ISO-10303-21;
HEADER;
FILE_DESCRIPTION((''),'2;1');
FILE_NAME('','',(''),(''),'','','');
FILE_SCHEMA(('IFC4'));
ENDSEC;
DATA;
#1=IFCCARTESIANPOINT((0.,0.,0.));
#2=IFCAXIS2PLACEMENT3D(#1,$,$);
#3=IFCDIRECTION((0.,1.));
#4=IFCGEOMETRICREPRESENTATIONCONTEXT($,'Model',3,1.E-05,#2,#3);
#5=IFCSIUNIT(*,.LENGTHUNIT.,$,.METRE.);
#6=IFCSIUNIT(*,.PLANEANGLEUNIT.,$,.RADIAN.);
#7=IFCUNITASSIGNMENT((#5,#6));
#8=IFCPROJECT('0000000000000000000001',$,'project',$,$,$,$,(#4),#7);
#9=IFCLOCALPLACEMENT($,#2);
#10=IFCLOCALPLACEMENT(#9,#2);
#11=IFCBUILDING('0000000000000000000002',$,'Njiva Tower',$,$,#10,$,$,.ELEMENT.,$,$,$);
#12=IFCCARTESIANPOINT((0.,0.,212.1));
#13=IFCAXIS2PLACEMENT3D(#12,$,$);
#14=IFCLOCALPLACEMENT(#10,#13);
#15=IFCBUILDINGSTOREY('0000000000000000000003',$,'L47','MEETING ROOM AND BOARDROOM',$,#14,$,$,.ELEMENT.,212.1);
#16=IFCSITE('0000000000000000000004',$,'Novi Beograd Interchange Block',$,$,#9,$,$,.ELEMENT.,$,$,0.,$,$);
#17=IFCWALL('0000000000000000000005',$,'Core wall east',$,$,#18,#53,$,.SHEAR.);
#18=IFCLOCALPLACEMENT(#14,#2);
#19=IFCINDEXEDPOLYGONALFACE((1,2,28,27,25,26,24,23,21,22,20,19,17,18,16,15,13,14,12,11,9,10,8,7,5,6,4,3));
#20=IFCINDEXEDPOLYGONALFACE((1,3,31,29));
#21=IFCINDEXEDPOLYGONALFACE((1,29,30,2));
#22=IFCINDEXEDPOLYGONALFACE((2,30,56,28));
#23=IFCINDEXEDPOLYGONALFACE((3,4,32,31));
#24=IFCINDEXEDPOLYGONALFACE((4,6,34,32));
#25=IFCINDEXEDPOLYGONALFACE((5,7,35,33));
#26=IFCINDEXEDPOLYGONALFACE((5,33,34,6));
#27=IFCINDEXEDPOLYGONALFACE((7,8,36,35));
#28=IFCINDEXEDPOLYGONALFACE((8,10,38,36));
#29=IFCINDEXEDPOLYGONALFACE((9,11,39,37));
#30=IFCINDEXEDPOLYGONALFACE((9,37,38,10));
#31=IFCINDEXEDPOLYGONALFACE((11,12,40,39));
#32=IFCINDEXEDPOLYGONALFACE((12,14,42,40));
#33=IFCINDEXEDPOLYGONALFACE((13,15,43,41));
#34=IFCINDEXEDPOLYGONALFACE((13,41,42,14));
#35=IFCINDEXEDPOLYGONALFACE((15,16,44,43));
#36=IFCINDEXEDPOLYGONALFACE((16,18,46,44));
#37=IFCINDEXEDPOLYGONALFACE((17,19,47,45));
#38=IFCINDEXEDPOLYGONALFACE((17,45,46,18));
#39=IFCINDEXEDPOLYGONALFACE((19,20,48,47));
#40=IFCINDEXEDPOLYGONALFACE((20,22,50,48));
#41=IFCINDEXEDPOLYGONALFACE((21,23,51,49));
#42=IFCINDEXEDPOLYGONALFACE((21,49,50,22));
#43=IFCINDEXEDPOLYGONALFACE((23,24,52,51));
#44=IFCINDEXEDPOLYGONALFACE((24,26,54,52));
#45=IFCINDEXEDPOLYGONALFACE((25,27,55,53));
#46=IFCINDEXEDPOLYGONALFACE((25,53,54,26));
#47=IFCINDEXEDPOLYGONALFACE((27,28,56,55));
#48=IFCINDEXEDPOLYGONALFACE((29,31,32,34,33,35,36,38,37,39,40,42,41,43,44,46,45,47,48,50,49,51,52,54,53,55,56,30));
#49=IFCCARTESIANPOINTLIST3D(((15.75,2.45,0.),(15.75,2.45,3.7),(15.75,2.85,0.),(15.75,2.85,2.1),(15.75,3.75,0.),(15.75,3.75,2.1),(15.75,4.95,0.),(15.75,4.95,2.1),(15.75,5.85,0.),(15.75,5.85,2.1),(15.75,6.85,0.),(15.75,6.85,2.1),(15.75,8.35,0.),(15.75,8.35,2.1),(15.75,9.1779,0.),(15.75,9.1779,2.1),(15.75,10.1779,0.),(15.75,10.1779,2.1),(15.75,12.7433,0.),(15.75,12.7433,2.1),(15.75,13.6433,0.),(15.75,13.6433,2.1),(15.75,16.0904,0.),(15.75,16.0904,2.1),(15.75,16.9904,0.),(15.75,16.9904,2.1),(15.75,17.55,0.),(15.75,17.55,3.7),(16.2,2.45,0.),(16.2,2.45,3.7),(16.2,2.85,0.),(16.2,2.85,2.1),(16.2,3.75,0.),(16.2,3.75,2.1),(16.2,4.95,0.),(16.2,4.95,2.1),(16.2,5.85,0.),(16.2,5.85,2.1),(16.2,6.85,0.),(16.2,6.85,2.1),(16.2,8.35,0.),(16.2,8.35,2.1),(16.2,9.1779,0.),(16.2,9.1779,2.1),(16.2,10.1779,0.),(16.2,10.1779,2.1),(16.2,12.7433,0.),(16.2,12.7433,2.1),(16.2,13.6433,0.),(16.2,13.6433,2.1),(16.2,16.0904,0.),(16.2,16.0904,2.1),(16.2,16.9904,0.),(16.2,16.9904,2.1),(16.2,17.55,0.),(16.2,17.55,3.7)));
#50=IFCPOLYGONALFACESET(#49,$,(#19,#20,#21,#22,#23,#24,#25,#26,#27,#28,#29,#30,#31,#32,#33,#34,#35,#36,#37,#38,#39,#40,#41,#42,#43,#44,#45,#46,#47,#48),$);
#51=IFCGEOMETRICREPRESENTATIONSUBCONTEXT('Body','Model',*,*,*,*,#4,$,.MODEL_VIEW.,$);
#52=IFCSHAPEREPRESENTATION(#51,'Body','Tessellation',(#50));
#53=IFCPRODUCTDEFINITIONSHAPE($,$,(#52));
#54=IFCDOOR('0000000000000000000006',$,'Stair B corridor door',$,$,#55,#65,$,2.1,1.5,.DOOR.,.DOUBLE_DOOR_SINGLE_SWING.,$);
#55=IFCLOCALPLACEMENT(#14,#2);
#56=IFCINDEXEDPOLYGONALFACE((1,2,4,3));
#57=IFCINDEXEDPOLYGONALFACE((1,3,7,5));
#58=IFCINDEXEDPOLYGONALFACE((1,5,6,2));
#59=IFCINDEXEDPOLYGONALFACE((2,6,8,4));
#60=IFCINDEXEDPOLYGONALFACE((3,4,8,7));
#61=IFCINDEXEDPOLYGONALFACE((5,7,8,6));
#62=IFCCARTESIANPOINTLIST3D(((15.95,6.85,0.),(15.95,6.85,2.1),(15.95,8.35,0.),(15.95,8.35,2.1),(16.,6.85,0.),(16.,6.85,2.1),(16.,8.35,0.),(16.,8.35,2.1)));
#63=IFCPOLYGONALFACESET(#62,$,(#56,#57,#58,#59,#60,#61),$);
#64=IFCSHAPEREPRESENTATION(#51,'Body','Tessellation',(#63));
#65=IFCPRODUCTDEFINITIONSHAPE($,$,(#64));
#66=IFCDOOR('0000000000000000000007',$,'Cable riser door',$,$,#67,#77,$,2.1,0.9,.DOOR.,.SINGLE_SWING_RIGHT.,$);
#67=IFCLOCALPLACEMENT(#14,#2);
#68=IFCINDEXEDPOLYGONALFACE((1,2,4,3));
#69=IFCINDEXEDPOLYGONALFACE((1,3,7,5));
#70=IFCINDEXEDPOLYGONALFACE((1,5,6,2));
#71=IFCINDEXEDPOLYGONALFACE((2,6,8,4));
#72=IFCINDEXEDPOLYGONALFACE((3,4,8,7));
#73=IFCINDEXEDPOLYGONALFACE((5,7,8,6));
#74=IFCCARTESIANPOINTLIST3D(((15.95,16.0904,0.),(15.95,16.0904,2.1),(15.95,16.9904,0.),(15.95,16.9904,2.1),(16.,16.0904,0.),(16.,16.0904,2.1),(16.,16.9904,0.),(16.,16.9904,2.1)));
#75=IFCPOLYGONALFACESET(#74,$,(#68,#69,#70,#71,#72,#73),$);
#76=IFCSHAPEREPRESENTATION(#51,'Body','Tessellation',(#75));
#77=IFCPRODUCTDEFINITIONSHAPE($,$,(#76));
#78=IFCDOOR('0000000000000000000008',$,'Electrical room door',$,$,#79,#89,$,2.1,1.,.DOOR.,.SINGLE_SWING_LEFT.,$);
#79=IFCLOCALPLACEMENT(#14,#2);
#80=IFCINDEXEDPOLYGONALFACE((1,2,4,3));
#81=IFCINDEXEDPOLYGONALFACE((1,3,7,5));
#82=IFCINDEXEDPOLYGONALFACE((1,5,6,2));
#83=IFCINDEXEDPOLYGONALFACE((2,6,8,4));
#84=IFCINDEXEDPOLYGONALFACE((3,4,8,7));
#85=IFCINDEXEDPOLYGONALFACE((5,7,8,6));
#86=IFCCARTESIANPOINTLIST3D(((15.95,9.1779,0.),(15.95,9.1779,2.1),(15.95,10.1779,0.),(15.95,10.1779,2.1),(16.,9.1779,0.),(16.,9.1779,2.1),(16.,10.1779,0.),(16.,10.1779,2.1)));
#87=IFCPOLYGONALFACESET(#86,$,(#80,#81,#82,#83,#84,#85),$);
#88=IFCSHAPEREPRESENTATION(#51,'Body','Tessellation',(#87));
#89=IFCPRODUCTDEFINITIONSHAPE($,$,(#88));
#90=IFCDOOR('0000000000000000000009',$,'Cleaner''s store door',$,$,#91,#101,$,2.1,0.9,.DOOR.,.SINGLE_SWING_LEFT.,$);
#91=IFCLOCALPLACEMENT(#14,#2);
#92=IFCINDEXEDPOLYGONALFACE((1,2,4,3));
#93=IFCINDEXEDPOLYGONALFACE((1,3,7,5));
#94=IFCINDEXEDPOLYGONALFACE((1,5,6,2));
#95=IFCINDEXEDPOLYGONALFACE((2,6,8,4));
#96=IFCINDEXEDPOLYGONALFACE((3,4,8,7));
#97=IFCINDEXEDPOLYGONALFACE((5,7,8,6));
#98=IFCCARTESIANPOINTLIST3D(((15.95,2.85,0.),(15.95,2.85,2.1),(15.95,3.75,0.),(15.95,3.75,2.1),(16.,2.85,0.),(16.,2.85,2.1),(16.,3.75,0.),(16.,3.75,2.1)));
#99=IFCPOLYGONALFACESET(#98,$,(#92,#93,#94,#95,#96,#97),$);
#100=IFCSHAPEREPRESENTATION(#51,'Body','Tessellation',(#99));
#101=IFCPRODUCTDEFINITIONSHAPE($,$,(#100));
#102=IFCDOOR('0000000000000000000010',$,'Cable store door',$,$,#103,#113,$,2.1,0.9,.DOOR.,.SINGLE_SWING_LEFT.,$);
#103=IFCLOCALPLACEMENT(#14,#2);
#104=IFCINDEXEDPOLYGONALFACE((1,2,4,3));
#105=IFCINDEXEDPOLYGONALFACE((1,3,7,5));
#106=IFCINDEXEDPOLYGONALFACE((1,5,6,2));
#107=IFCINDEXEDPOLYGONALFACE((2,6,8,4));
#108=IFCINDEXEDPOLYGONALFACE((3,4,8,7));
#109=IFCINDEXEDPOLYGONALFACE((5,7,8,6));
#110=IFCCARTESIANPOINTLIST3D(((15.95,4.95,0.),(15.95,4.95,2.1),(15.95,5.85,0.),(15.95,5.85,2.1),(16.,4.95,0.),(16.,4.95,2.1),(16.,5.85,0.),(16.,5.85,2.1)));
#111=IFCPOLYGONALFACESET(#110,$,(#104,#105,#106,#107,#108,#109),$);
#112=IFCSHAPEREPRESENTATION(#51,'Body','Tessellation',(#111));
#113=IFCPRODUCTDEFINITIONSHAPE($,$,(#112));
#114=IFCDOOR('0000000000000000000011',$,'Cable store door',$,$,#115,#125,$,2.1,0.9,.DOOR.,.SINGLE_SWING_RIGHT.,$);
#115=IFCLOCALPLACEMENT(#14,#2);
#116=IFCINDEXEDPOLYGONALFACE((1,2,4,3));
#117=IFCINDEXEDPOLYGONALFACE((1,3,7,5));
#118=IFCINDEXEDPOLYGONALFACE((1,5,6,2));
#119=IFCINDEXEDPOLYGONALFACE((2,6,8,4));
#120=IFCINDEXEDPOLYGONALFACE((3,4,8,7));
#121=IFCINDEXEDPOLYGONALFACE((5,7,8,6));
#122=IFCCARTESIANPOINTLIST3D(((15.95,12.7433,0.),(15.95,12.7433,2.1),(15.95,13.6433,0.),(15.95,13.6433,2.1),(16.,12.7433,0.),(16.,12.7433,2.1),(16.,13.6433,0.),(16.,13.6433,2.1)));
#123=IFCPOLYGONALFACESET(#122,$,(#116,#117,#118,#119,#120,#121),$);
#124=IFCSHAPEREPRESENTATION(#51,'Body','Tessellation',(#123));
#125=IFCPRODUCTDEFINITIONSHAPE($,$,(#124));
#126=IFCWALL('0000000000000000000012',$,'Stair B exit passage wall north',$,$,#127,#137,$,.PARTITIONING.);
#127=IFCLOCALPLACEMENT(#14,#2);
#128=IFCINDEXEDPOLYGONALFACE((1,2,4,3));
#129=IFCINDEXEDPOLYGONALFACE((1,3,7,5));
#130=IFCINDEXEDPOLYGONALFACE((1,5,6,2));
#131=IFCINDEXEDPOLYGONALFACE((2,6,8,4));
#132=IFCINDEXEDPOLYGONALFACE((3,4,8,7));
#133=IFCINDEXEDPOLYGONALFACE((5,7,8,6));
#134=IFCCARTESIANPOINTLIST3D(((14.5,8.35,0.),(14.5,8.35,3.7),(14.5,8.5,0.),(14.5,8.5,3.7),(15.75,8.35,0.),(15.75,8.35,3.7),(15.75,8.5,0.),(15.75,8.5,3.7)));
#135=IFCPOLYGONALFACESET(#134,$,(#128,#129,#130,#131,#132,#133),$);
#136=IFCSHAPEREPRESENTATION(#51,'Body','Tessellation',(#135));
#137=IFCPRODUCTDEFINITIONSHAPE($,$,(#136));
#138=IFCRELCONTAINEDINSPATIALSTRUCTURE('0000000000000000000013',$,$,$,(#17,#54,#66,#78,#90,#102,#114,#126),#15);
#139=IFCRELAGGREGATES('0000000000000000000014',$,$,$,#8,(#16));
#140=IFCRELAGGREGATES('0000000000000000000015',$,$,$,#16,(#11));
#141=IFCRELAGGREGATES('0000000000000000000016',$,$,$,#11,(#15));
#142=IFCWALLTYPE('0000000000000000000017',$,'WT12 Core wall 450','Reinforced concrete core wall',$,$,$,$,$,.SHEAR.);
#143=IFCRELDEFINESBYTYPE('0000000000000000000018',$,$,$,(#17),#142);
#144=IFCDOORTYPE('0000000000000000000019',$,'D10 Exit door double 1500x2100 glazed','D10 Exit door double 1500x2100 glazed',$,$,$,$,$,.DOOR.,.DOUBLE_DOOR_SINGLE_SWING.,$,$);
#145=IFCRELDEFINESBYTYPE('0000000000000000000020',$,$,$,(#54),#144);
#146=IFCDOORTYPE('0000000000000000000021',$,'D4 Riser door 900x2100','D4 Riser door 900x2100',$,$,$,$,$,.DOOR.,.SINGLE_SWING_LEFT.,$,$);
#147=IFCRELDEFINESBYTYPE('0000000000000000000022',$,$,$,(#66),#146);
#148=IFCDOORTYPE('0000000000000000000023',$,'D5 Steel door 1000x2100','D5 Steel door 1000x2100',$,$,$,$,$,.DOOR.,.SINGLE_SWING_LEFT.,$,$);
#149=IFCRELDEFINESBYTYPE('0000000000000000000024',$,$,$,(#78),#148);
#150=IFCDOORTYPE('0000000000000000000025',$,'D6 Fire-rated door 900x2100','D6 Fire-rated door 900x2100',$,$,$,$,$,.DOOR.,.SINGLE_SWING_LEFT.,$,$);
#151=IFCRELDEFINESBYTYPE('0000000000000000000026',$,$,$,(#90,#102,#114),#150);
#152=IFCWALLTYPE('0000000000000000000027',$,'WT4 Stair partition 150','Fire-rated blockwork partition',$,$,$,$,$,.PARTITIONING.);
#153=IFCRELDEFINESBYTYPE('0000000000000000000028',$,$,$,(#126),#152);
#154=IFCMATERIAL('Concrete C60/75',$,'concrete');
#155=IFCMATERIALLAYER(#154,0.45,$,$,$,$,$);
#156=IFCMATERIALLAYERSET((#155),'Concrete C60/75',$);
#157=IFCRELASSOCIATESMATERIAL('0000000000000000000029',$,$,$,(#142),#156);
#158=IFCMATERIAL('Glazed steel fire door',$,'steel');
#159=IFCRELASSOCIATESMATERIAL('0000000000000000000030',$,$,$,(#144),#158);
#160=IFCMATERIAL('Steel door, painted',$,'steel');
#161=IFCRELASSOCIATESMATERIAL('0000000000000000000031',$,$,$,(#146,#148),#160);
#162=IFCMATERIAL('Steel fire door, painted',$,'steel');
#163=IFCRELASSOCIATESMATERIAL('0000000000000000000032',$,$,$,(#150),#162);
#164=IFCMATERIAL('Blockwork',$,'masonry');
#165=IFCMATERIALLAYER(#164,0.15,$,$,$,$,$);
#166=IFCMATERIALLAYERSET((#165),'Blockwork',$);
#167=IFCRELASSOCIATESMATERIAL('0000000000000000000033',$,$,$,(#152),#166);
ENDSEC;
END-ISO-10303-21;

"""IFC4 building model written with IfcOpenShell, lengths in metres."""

from ifc_helpers import new_model, si_unit, direction, frame, frame_2d, origin, place, context, subcontext, project, spatial, rectangle, extrude, material, layer, layer_set, type_object, element, fill, save


model = new_model("IFC4")

# Units and contexts
model_context = context("Model", 3, precision=1e-05, world=origin(), true_north=direction((0.0, 1.0)))
body_context = subcontext(model_context, "Body", "Model", "MODEL_VIEW")
ifc_project = project(units=[si_unit("LENGTHUNIT", "METRE"), si_unit("PLANEANGLEUNIT", "RADIAN")], contexts=[model_context])

# Site, building, storey
site_placement = place(None, origin())
site = spatial("IfcSite", under=ifc_project, at=site_placement, Name="Novi Beograd Interchange Block", CompositionType="ELEMENT", RefElevation=0.0)
building_placement = place(site_placement, origin())
building = spatial("IfcBuilding", under=site, at=building_placement, Name="Njiva Tower", CompositionType="ELEMENT")
storey_placement = place(building_placement, frame((0.0, 0.0, 212.1)))
storey = spatial("IfcBuildingStorey", under=building, at=storey_placement, Name="L47", Description="MEETING ROOM AND BOARDROOM", CompositionType="ELEMENT", Elevation=212.1)

# Shared definitions
ifc_material_1 = material(Name="Blockwork", Category="masonry")

# Wall, openings, doors
ifc_material_2 = material(Name="Concrete C60/75", Category="concrete")
ifc_layer_1 = layer(ifc_material_2, 0.45)
ifc_layer_set_1 = layer_set([ifc_layer_1], Name="Concrete C60/75")
wall_type_1 = type_object("IfcWallType", Name="WT12 Core wall 450", Description="Reinforced concrete core wall", PredefinedType="SHEAR", material=ifc_layer_set_1)
wall_1_placement = place(storey_placement, frame((15.975, 2.45, 0.0), z_axis=(0.0, 0.0, 1.0), x_axis=(0.0, 1.0, 0.0)))
wall_1 = element("IfcWall", 1, at=wall_1_placement, inside=storey, type_object=wall_type_1, Name="Core wall east", PredefinedType="SHEAR", context=body_context, shape_type="SweptSolid", body=[
    extrude(rectangle(XDim=15.1, YDim=0.45, at=frame_2d((7.55, 0.0))), origin(), (0.0, 0.0, 1.0), 3.7),
])
opening_1_placement = place(wall_1_placement, frame((4.4, 0.0, 0.0)))
opening_1 = element("IfcOpeningElement", 2, at=opening_1_placement, cuts=wall_1, PredefinedType="OPENING", context=body_context, shape_type="SweptSolid", body=[
    extrude(rectangle(XDim=1.5, YDim=2.1, at=frame_2d((0.75, 1.05))), frame((0.0, 0.235, 0.0), z_axis=(0.0, -1.0, 0.0), x_axis=(1.0, 0.0, 0.0)), (0.0, 0.0, 1.0), 0.47),
])
opening_2_placement = place(wall_1_placement, frame((0.4, 0.0, 0.0)))
opening_2 = element("IfcOpeningElement", 3, at=opening_2_placement, cuts=wall_1, PredefinedType="OPENING", context=body_context, shape_type="SweptSolid", body=[
    extrude(rectangle(XDim=0.9, YDim=2.1, at=frame_2d((0.45, 1.05))), frame((0.0, 0.235, 0.0), z_axis=(0.0, -1.0, 0.0), x_axis=(1.0, 0.0, 0.0)), (0.0, 0.0, 1.0), 0.47),
])
opening_3_placement = place(wall_1_placement, frame((2.5, 0.0, 0.0)))
opening_3 = element("IfcOpeningElement", 4, at=opening_3_placement, cuts=wall_1, PredefinedType="OPENING", context=body_context, shape_type="SweptSolid", body=[
    extrude(rectangle(XDim=0.9, YDim=2.1, at=frame_2d((0.45, 1.05))), frame((0.0, 0.235, 0.0), z_axis=(0.0, -1.0, 0.0), x_axis=(1.0, 0.0, 0.0)), (0.0, 0.0, 1.0), 0.47),
])
opening_4_placement = place(wall_1_placement, frame((6.7279, 0.0, 0.0)))
opening_4 = element("IfcOpeningElement", 5, at=opening_4_placement, cuts=wall_1, PredefinedType="OPENING", context=body_context, shape_type="SweptSolid", body=[
    extrude(rectangle(XDim=1.0, YDim=2.1, at=frame_2d((0.5, 1.05))), frame((0.0, 0.235, 0.0), z_axis=(0.0, -1.0, 0.0), x_axis=(1.0, 0.0, 0.0)), (0.0, 0.0, 1.0), 0.47),
])
opening_5_placement = place(wall_1_placement, frame((10.2933, 0.0, 0.0)))
opening_5 = element("IfcOpeningElement", 6, at=opening_5_placement, cuts=wall_1, PredefinedType="OPENING", context=body_context, shape_type="SweptSolid", body=[
    extrude(rectangle(XDim=0.9, YDim=2.1, at=frame_2d((0.45, 1.05))), frame((0.0, 0.235, 0.0), z_axis=(0.0, -1.0, 0.0), x_axis=(1.0, 0.0, 0.0)), (0.0, 0.0, 1.0), 0.47),
])
opening_6_placement = place(wall_1_placement, frame((13.6404, 0.0, 0.0)))
opening_6 = element("IfcOpeningElement", 7, at=opening_6_placement, cuts=wall_1, PredefinedType="OPENING", context=body_context, shape_type="SweptSolid", body=[
    extrude(rectangle(XDim=0.9, YDim=2.1, at=frame_2d((0.45, 1.05))), frame((0.0, 0.235, 0.0), z_axis=(0.0, -1.0, 0.0), x_axis=(1.0, 0.0, 0.0)), (0.0, 0.0, 1.0), 0.47),
])
ifc_material_3 = material(Name="Glazed steel fire door", Category="steel")
door_type_1 = type_object("IfcDoorType", Name="D10 Exit door double 1500x2100 glazed", Description="D10 Exit door double 1500x2100 glazed", OperationType="DOUBLE_DOOR_SINGLE_SWING", PredefinedType="DOOR", material=ifc_material_3)
door_1_placement = place(opening_1_placement, origin())
door_1 = element("IfcDoor", 8, at=door_1_placement, inside=storey, type_object=door_type_1, Name="Stair B corridor door", OperationType="DOUBLE_DOOR_SINGLE_SWING", OverallHeight=2.1, OverallWidth=1.5, PredefinedType="DOOR", context=body_context, shape_type="SweptSolid", body=[
    extrude(rectangle(XDim=1.5, YDim=2.1, at=frame_2d((0.75, 1.05))), frame((0.0, 0.025, 0.0), z_axis=(0.0, -1.0, 0.0), x_axis=(1.0, 0.0, 0.0)), (0.0, 0.0, 1.0), 0.05),
])
fill(opening_1, door_1)
ifc_material_4 = material(Name="Steel door, painted", Category="steel")
door_type_2 = type_object("IfcDoorType", Name="D4 Riser door 900x2100", Description="D4 Riser door 900x2100", OperationType="SINGLE_SWING_LEFT", PredefinedType="DOOR", material=ifc_material_4)
door_2_placement = place(opening_6_placement, origin())
door_2 = element("IfcDoor", 9, at=door_2_placement, inside=storey, type_object=door_type_2, Name="Cable riser door", OperationType="SINGLE_SWING_RIGHT", OverallHeight=2.1, OverallWidth=0.9, PredefinedType="DOOR", context=body_context, shape_type="SweptSolid", body=[
    extrude(rectangle(XDim=0.9, YDim=2.1, at=frame_2d((0.45, 1.05))), frame((0.0, 0.025, 0.0), z_axis=(0.0, -1.0, 0.0), x_axis=(1.0, 0.0, 0.0)), (0.0, 0.0, 1.0), 0.05),
])
fill(opening_6, door_2)
door_type_3 = type_object("IfcDoorType", Name="D5 Steel door 1000x2100", Description="D5 Steel door 1000x2100", OperationType="SINGLE_SWING_LEFT", PredefinedType="DOOR", material=ifc_material_4)
door_3_placement = place(opening_4_placement, origin())
door_3 = element("IfcDoor", 10, at=door_3_placement, inside=storey, type_object=door_type_3, Name="Electrical room door", OperationType="SINGLE_SWING_LEFT", OverallHeight=2.1, OverallWidth=1.0, PredefinedType="DOOR", context=body_context, shape_type="SweptSolid", body=[
    extrude(rectangle(XDim=1.0, YDim=2.1, at=frame_2d((0.5, 1.05))), frame((0.0, 0.025, 0.0), z_axis=(0.0, -1.0, 0.0), x_axis=(1.0, 0.0, 0.0)), (0.0, 0.0, 1.0), 0.05),
])
fill(opening_4, door_3)
ifc_material_5 = material(Name="Steel fire door, painted", Category="steel")
door_type_4 = type_object("IfcDoorType", Name="D6 Fire-rated door 900x2100", Description="D6 Fire-rated door 900x2100", OperationType="SINGLE_SWING_LEFT", PredefinedType="DOOR", material=ifc_material_5)
door_4_placement = place(opening_2_placement, origin())
door_4 = element("IfcDoor", 11, at=door_4_placement, inside=storey, type_object=door_type_4, Name="Cleaner's store door", OperationType="SINGLE_SWING_LEFT", OverallHeight=2.1, OverallWidth=0.9, PredefinedType="DOOR", context=body_context, shape_type="SweptSolid", body=[
    extrude(rectangle(XDim=0.9, YDim=2.1, at=frame_2d((0.45, 1.05))), frame((0.0, 0.025, 0.0), z_axis=(0.0, -1.0, 0.0), x_axis=(1.0, 0.0, 0.0)), (0.0, 0.0, 1.0), 0.05),
])
fill(opening_2, door_4)
door_5_placement = place(opening_3_placement, origin())
door_5 = element("IfcDoor", 12, at=door_5_placement, inside=storey, type_object=door_type_4, Name="Cable store door", OperationType="SINGLE_SWING_LEFT", OverallHeight=2.1, OverallWidth=0.9, PredefinedType="DOOR", context=body_context, shape_type="SweptSolid", body=[
    extrude(rectangle(XDim=0.9, YDim=2.1, at=frame_2d((0.45, 1.05))), frame((0.0, 0.025, 0.0), z_axis=(0.0, -1.0, 0.0), x_axis=(1.0, 0.0, 0.0)), (0.0, 0.0, 1.0), 0.05),
])
fill(opening_3, door_5)
door_6_placement = place(opening_5_placement, origin())
door_6 = element("IfcDoor", 13, at=door_6_placement, inside=storey, type_object=door_type_4, Name="Cable store door", OperationType="SINGLE_SWING_RIGHT", OverallHeight=2.1, OverallWidth=0.9, PredefinedType="DOOR", context=body_context, shape_type="SweptSolid", body=[
    extrude(rectangle(XDim=0.9, YDim=2.1, at=frame_2d((0.45, 1.05))), frame((0.0, 0.025, 0.0), z_axis=(0.0, -1.0, 0.0), x_axis=(1.0, 0.0, 0.0)), (0.0, 0.0, 1.0), 0.05),
])
fill(opening_5, door_6)

# Wall
ifc_layer_2 = layer(ifc_material_1, 0.15)
ifc_layer_set_2 = layer_set([ifc_layer_2], Name="Blockwork")
wall_type_2 = type_object("IfcWallType", Name="WT4 Stair partition 150", Description="Fire-rated blockwork partition", PredefinedType="PARTITIONING", material=ifc_layer_set_2)
wall_2_placement = place(storey_placement, frame((14.5, 8.425, 0.0), z_axis=(0.0, 0.0, 1.0), x_axis=(1.0, 0.0, 0.0)))
element("IfcWall", 14, at=wall_2_placement, inside=storey, type_object=wall_type_2, Name="Stair B exit passage wall north", PredefinedType="PARTITIONING", context=body_context, shape_type="SweptSolid", body=[
    extrude(rectangle(XDim=1.25, YDim=0.15, at=frame_2d((0.625, 0.0))), origin(), (0.0, 0.0, 1.0), 3.7),
])

save(model, "model.ifc")
